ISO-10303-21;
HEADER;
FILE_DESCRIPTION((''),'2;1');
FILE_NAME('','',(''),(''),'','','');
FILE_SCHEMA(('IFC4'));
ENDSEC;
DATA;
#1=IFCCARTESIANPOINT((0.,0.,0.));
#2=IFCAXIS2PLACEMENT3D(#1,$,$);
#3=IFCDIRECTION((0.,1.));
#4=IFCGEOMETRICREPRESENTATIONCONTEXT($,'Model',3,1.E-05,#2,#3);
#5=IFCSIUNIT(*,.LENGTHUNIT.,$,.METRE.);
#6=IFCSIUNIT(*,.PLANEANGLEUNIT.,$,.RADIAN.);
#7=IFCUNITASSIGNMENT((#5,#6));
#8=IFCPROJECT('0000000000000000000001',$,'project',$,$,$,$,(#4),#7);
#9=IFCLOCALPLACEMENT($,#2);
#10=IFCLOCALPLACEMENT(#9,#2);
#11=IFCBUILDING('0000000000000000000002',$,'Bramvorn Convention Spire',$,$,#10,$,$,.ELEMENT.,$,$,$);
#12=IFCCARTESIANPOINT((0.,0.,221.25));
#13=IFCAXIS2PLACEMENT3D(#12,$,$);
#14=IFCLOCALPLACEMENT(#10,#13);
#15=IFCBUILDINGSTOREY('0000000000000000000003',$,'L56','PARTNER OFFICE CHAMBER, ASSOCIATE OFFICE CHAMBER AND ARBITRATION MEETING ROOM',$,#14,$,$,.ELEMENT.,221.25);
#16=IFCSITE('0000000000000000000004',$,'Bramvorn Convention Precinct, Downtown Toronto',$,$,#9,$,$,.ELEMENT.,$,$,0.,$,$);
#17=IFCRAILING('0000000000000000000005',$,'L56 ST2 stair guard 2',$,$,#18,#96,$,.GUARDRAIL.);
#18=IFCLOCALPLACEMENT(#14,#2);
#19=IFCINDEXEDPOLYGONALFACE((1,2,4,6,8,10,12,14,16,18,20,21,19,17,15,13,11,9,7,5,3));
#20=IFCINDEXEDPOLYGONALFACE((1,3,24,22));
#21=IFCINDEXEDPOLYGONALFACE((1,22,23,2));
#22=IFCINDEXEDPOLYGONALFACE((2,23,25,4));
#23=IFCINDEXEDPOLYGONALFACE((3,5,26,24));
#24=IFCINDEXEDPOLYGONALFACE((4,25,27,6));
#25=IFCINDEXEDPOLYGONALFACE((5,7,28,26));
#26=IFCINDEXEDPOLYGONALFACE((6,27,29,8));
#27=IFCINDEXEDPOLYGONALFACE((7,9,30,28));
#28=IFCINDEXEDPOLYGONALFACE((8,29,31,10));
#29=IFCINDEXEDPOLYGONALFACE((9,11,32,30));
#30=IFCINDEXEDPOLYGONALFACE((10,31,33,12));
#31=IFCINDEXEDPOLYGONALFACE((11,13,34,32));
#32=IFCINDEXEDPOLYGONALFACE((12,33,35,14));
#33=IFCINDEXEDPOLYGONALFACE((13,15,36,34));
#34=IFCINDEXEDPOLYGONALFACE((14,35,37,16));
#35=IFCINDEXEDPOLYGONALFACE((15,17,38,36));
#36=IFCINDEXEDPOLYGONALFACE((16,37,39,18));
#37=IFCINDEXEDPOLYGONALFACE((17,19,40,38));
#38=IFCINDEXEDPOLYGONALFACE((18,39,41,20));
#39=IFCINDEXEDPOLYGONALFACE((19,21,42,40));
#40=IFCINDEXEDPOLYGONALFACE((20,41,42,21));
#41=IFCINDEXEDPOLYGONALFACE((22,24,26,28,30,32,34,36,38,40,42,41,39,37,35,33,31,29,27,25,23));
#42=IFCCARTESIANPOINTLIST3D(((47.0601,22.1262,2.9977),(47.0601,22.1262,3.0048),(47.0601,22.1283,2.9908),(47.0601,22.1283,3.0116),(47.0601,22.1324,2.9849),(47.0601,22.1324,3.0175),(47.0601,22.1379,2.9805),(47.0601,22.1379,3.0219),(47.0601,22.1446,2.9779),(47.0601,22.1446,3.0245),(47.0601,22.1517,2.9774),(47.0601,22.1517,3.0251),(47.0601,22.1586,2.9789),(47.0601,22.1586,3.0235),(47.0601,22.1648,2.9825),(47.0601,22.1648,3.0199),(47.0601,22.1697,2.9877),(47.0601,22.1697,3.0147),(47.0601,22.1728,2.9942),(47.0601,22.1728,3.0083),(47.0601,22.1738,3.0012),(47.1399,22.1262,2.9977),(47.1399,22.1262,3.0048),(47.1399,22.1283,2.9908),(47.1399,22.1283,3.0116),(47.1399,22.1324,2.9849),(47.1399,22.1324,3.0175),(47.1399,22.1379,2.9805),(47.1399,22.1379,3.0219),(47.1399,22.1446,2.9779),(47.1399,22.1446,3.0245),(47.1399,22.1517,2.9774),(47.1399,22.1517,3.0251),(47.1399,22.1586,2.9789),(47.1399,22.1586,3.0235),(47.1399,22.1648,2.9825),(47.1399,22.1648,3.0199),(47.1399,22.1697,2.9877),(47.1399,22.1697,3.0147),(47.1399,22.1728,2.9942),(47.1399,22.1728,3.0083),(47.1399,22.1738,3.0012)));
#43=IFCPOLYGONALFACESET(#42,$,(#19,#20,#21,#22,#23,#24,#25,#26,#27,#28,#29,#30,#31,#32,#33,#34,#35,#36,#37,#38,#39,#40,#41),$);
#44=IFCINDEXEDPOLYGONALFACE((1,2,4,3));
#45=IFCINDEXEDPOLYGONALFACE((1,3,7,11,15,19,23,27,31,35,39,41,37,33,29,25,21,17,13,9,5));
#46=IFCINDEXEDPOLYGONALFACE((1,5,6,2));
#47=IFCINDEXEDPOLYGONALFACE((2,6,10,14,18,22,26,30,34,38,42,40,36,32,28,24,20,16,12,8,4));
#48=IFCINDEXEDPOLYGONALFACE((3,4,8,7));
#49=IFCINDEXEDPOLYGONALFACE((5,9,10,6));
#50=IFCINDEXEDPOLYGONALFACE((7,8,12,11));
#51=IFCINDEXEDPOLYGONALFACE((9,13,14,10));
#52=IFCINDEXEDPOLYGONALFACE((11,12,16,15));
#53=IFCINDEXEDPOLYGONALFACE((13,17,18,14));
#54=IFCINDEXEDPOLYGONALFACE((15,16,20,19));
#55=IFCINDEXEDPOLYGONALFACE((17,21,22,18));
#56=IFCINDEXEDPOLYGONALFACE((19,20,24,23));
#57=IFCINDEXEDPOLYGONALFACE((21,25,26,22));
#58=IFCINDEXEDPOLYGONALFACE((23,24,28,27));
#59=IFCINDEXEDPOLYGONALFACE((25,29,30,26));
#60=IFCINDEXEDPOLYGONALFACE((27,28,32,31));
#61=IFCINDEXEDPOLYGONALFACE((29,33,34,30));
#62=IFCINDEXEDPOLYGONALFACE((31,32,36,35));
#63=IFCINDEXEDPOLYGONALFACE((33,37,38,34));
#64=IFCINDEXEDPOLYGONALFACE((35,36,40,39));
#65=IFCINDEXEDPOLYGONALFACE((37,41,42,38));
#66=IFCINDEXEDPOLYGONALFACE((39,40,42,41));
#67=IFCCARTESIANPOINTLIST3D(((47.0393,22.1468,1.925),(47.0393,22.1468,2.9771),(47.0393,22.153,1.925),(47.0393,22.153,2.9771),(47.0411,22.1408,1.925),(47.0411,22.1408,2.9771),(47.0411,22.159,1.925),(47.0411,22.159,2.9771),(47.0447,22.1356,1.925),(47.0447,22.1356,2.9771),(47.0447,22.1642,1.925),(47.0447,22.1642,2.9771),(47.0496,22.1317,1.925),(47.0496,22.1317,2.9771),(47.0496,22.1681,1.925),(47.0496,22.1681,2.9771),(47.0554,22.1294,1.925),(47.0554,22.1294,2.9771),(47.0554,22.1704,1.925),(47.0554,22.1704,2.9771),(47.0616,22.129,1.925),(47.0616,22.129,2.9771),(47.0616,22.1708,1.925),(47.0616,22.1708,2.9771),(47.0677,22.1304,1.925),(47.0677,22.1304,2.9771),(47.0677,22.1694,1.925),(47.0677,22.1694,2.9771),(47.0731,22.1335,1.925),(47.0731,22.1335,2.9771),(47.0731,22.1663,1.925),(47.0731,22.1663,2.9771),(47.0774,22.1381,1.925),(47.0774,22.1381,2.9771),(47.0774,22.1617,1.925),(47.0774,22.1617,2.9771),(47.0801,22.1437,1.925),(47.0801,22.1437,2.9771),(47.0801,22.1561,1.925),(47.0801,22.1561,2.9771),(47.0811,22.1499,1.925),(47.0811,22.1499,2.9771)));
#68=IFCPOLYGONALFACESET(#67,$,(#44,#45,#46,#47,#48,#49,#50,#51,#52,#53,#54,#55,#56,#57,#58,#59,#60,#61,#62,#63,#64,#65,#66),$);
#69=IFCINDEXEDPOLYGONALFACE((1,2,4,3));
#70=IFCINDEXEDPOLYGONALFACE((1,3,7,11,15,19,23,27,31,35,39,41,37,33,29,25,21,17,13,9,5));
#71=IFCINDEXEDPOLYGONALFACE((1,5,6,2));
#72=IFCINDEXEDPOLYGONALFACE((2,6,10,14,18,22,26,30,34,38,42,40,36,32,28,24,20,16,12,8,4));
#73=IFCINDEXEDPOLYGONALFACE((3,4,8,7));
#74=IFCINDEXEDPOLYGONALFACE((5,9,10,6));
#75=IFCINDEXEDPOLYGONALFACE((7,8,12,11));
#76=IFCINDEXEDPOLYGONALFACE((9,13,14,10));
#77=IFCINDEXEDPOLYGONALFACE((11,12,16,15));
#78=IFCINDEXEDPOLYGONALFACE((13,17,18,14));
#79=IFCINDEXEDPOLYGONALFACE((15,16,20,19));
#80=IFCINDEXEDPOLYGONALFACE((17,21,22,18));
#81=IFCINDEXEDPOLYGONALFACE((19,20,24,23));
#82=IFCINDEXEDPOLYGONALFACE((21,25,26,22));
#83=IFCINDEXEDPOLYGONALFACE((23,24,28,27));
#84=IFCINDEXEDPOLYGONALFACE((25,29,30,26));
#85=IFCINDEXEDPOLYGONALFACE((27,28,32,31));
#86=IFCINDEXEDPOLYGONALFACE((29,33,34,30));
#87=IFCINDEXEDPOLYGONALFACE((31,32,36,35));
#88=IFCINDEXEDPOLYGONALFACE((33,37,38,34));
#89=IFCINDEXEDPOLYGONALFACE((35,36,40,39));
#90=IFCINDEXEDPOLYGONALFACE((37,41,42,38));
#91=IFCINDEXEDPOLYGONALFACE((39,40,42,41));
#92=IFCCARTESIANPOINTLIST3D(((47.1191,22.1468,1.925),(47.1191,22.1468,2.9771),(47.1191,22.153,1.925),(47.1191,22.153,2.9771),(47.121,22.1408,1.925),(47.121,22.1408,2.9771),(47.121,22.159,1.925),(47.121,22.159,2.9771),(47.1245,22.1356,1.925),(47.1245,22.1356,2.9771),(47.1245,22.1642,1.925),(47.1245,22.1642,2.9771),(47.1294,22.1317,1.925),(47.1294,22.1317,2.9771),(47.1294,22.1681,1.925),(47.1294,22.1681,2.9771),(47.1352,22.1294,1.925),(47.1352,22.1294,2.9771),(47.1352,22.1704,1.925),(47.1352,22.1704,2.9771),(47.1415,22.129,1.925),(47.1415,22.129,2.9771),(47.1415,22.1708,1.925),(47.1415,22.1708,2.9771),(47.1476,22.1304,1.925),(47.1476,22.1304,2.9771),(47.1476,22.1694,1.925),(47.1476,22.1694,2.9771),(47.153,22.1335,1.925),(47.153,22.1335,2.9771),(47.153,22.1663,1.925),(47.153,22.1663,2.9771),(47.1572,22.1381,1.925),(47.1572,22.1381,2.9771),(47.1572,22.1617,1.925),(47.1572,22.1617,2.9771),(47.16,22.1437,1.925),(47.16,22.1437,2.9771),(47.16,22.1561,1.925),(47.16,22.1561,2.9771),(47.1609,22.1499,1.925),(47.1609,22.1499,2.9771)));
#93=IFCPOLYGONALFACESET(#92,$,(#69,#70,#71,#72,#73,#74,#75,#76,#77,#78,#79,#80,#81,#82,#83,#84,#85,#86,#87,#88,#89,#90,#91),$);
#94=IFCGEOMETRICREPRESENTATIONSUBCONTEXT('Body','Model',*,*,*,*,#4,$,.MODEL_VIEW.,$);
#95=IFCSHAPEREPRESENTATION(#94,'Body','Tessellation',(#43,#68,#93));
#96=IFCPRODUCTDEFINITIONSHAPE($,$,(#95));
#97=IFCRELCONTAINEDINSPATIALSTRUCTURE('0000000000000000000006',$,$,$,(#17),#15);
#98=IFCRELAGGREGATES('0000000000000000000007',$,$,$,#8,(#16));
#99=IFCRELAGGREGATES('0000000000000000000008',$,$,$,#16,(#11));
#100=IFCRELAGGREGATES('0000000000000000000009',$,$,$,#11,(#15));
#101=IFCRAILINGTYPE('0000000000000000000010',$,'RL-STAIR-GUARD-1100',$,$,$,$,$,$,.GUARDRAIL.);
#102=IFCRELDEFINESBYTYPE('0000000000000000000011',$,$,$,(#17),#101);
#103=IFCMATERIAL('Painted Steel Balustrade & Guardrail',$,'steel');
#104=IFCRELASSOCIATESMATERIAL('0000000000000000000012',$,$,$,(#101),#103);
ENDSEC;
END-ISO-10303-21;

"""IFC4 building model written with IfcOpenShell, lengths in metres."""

from ifc_helpers import new_model, si_unit, direction, frame, origin, origin_2d, place, context, subcontext, project, spatial, circle, extrude, material, type_object, element, save


model = new_model("IFC4")

# Units and contexts
model_context = context("Model", 3, precision=1e-05, world=origin(), true_north=direction((0.0, 1.0)))
body_context = subcontext(model_context, "Body", "Model", "MODEL_VIEW")
ifc_project = project(units=[si_unit("LENGTHUNIT", "METRE"), si_unit("PLANEANGLEUNIT", "RADIAN")], contexts=[model_context])

# Site, building, storey
site_placement = place(None, origin())
site = spatial("IfcSite", under=ifc_project, at=site_placement, Name="Bramvorn Convention Precinct, Downtown Toronto", CompositionType="ELEMENT", RefElevation=0.0)
building_placement = place(site_placement, origin())
building = spatial("IfcBuilding", under=site, at=building_placement, Name="Bramvorn Convention Spire", CompositionType="ELEMENT")
storey_placement = place(building_placement, frame((0.0, 0.0, 221.25)))
storey = spatial("IfcBuildingStorey", under=building, at=storey_placement, Name="L56", Description="PARTNER OFFICE CHAMBER, ASSOCIATE OFFICE CHAMBER AND ARBITRATION MEETING ROOM", CompositionType="ELEMENT", Elevation=221.25)

# Railing
ifc_material_1 = material(Name="Painted Steel Balustrade & Guardrail", Category="steel")
railing_type = type_object("IfcRailingType", Name="RL-STAIR-GUARD-1100", PredefinedType="GUARDRAIL", material=ifc_material_1)
railing_1_placement = place(storey_placement, frame((47.0601, 22.1499, 1.925)))
element("IfcRailing", 1, at=railing_1_placement, inside=storey, type_object=railing_type, Name="L56 ST2 stair guard 2", PredefinedType="GUARDRAIL", context=body_context, shape_type="SweptSolid", body=[
    extrude(circle(Radius=0.0239, at=origin_2d()), frame((0.0, 0.0, 1.0762), z_axis=(1.0, 0.0, 0.0), x_axis=(0.0, 1.0, 0.0)), (0.0, 0.0, 1.0), 0.0798),
    extrude(circle(Radius=0.021, at=origin_2d()), origin(), (0.0, 0.0, 1.0), 1.052),
    extrude(circle(Radius=0.021, at=origin_2d()), frame((0.0798, 0.0, 0.0)), (0.0, 0.0, 1.0), 1.052),
])

save(model, "model.ifc")
